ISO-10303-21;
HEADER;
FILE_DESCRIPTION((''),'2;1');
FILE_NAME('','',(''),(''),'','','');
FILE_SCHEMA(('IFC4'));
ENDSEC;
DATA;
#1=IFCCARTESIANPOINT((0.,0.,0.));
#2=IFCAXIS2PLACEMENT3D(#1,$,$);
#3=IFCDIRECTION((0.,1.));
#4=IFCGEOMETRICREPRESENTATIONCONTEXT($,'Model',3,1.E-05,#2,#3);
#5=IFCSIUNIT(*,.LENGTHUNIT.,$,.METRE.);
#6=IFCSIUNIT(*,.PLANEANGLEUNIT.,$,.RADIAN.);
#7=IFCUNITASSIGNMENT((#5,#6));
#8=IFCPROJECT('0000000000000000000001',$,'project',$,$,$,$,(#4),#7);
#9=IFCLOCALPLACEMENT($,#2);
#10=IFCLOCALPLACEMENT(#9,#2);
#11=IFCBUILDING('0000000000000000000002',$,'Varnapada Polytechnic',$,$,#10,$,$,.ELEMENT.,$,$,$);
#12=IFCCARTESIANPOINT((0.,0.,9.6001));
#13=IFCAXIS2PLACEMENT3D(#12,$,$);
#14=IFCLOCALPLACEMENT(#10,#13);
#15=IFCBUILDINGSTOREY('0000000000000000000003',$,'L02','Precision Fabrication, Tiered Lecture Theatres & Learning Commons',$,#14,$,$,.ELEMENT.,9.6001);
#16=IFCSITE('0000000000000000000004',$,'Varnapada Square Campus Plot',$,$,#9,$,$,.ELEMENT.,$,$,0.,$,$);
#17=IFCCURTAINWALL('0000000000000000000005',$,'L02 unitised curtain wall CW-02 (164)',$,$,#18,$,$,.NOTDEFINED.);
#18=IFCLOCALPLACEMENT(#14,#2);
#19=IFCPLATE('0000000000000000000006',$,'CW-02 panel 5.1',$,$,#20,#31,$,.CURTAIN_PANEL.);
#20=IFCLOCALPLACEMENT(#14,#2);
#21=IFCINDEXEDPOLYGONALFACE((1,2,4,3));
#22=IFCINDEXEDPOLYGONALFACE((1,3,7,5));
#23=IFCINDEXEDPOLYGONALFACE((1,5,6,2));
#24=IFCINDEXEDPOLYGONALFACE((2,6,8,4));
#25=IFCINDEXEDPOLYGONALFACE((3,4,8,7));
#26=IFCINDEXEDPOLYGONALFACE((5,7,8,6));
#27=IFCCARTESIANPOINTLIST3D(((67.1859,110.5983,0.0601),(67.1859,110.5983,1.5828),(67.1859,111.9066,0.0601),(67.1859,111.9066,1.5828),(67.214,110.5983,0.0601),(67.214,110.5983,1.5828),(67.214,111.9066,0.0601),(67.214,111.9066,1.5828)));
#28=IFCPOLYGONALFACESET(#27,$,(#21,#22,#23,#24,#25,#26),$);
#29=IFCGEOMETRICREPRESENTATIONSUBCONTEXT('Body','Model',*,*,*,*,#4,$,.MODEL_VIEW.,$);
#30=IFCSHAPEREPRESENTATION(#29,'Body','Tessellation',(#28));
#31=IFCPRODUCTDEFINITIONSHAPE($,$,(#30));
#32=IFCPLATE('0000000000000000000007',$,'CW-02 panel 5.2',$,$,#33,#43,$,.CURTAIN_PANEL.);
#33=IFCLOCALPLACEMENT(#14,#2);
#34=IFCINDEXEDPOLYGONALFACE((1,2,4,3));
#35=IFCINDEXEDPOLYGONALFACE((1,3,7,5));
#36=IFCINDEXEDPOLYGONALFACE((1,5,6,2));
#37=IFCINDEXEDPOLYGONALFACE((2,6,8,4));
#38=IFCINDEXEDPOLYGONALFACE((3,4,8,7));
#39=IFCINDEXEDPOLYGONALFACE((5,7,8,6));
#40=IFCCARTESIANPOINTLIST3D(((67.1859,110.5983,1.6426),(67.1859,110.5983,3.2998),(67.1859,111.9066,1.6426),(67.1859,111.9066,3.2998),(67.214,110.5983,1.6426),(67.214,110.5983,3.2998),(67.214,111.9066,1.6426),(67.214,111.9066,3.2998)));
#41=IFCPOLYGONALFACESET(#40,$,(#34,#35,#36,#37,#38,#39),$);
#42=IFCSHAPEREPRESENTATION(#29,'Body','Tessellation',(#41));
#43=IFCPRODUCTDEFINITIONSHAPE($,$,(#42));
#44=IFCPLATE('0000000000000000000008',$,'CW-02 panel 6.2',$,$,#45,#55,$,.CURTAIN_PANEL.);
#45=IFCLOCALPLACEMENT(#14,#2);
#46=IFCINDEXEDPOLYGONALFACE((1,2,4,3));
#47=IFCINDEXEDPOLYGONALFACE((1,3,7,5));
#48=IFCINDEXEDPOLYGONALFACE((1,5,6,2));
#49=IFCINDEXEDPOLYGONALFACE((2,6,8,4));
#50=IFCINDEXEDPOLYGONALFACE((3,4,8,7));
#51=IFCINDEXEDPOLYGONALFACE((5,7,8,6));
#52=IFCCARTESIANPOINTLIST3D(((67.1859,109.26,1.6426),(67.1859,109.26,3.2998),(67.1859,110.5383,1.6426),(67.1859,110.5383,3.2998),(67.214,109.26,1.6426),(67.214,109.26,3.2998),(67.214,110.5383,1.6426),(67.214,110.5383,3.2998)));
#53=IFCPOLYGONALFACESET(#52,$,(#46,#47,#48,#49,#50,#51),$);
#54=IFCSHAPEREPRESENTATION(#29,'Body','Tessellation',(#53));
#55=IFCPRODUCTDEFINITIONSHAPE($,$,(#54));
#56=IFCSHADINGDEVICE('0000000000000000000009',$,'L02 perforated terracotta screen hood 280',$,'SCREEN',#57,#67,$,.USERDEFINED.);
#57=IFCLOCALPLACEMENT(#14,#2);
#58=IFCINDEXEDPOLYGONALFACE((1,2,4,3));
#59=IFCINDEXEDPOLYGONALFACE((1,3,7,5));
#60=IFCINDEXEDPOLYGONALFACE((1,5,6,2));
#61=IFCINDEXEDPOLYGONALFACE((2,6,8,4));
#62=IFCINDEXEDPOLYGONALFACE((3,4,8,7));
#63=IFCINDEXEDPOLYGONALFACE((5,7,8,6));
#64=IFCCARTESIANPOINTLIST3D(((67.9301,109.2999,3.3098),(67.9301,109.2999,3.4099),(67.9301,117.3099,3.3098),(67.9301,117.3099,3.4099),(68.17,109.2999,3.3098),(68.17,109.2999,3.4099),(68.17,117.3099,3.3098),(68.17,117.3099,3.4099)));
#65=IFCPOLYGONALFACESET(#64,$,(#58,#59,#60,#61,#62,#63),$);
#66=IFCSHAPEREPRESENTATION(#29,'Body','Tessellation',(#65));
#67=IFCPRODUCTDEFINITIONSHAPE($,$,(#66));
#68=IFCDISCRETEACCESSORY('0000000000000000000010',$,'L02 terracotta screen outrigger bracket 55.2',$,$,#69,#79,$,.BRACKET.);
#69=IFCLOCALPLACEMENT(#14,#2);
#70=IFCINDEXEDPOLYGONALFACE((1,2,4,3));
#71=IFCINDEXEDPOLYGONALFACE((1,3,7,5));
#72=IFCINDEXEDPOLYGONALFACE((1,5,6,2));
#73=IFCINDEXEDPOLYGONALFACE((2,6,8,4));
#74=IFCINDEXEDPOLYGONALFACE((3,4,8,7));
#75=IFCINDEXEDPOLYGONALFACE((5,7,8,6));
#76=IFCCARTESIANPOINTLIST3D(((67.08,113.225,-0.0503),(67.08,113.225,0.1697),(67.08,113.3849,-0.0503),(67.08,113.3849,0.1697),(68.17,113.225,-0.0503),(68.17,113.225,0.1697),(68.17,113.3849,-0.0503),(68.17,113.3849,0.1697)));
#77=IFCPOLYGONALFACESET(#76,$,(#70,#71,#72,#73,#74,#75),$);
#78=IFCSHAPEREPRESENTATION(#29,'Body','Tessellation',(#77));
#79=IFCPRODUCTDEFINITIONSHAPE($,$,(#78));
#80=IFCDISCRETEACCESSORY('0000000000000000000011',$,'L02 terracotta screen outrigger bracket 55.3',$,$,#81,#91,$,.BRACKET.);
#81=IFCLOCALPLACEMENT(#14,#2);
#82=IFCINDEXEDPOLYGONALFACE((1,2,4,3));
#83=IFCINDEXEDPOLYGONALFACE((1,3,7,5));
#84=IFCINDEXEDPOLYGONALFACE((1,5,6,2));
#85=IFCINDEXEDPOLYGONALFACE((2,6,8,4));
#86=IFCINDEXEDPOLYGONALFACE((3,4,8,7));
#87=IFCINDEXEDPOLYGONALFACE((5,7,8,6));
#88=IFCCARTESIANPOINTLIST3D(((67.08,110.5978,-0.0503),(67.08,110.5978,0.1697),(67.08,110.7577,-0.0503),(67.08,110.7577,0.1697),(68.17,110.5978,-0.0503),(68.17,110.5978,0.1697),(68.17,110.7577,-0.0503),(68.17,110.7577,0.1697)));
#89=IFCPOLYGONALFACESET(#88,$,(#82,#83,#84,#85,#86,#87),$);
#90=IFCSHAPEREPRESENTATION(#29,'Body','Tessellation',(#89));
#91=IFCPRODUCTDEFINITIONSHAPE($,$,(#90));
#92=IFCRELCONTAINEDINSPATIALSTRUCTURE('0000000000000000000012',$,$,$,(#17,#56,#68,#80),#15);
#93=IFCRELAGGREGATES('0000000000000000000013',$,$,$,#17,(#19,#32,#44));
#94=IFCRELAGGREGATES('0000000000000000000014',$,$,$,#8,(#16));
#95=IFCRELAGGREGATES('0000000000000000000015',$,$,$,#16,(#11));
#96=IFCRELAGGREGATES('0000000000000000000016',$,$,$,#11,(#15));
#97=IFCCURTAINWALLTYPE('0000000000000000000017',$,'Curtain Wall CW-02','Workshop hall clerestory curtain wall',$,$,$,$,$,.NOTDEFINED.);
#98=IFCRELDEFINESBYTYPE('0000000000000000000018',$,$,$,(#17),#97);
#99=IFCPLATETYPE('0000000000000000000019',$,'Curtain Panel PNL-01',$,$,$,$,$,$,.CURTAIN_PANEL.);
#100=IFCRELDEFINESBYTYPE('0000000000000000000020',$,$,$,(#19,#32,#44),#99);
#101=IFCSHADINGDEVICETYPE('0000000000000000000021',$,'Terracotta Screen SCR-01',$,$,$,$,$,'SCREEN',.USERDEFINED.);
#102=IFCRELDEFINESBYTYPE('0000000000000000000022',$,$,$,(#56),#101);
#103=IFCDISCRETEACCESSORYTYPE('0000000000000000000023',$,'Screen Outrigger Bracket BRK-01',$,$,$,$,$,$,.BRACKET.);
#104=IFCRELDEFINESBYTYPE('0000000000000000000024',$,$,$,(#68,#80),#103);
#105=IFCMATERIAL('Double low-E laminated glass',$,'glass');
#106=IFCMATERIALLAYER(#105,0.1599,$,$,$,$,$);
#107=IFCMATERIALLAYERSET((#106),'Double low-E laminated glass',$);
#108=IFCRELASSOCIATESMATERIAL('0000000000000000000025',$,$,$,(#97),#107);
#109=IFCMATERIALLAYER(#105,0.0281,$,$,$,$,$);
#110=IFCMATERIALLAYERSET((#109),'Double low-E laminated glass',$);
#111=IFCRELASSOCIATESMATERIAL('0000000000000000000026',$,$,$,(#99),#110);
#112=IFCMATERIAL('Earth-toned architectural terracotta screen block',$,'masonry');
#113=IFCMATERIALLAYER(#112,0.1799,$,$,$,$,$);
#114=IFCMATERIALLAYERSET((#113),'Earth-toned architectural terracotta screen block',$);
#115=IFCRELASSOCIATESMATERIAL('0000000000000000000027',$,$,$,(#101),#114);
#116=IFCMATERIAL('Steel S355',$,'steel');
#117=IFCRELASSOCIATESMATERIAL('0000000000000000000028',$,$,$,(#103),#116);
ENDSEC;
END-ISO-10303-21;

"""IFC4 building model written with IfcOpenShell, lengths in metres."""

from ifc_helpers import new_model, si_unit, direction, frame, origin, origin_2d, place, context, subcontext, project, spatial, rectangle, extrude, material, layer, layer_set, type_object, element, aggregate, save


model = new_model("IFC4")

# Units and contexts
model_context = context("Model", 3, precision=1e-05, world=origin(), true_north=direction((0.0, 1.0)))
body_context = subcontext(model_context, "Body", "Model", "MODEL_VIEW")
ifc_project = project(units=[si_unit("LENGTHUNIT", "METRE"), si_unit("PLANEANGLEUNIT", "RADIAN")], contexts=[model_context])

# Site, building, storey
site_placement = place(None, origin())
site = spatial("IfcSite", under=ifc_project, at=site_placement, Name="Varnapada Square Campus Plot", CompositionType="ELEMENT", RefElevation=0.0)
building_placement = place(site_placement, origin())
building = spatial("IfcBuilding", under=site, at=building_placement, Name="Varnapada Polytechnic", CompositionType="ELEMENT")
storey_placement = place(building_placement, frame((0.0, 0.0, 9.6001)))
storey = spatial("IfcBuildingStorey", under=building, at=storey_placement, Name="L02", Description="Precision Fabrication, Tiered Lecture Theatres & Learning Commons", CompositionType="ELEMENT", Elevation=9.6001)

# Curtain wall, plates
ifc_material_1 = material(Name="Double low-E laminated glass", Category="glass")
ifc_layer_1 = layer(ifc_material_1, 0.1599)
ifc_layer_set_1 = layer_set([ifc_layer_1], Name="Double low-E laminated glass")
curtain_wall_type = type_object("IfcCurtainWallType", Name="Curtain Wall CW-02", Description="Workshop hall clerestory curtain wall", PredefinedType="NOTDEFINED", material=ifc_layer_set_1)
curtain_wall_placement = place(storey_placement, origin())
curtain_wall = element("IfcCurtainWall", 1, at=curtain_wall_placement, inside=storey, type_object=curtain_wall_type, Name="L02 unitised curtain wall CW-02 (164)", PredefinedType="NOTDEFINED")
ifc_layer_2 = layer(ifc_material_1, 0.0281)
ifc_layer_set_2 = layer_set([ifc_layer_2], Name="Double low-E laminated glass")
plate_type = type_object("IfcPlateType", Name="Curtain Panel PNL-01", PredefinedType="CURTAIN_PANEL", material=ifc_layer_set_2)
plate_1_placement = place(storey_placement, frame((67.2, 111.2524, 0.0601), z_axis=(0.0, 0.0, 1.0), x_axis=(0.0, -1.0, 0.0)))
plate_1 = element("IfcPlate", 2, at=plate_1_placement, type_object=plate_type, Name="CW-02 panel 5.1", PredefinedType="CURTAIN_PANEL", context=body_context, shape_type="SweptSolid", body=[
    extrude(rectangle(XDim=1.3083, YDim=0.0281, at=origin_2d()), origin(), (0.0, 0.0, 1.0), 1.5227),
])
plate_2_placement = place(storey_placement, frame((67.2, 111.2524, 1.6426), z_axis=(0.0, 0.0, 1.0), x_axis=(0.0, -1.0, 0.0)))
plate_2 = element("IfcPlate", 3, at=plate_2_placement, type_object=plate_type, Name="CW-02 panel 5.2", PredefinedType="CURTAIN_PANEL", context=body_context, shape_type="SweptSolid", body=[
    extrude(rectangle(XDim=1.3083, YDim=0.0281, at=origin_2d()), origin(), (0.0, 0.0, 1.0), 1.6572),
])
plate_3_placement = place(storey_placement, frame((67.2, 109.8992, 1.6426), z_axis=(0.0, 0.0, 1.0), x_axis=(0.0, -1.0, 0.0)))
plate_3 = element("IfcPlate", 4, at=plate_3_placement, type_object=plate_type, Name="CW-02 panel 6.2", PredefinedType="CURTAIN_PANEL", context=body_context, shape_type="SweptSolid", body=[
    extrude(rectangle(XDim=1.2783, YDim=0.0281, at=origin_2d()), origin(), (0.0, 0.0, 1.0), 1.6572),
])
aggregate(curtain_wall, [plate_1, plate_2, plate_3])

# Shading device
ifc_material_2 = material(Name="Earth-toned architectural terracotta screen block", Category="masonry")
ifc_layer_3 = layer(ifc_material_2, 0.1799)
ifc_layer_set_3 = layer_set([ifc_layer_3], Name="Earth-toned architectural terracotta screen block")
shading_device_type = type_object("IfcShadingDeviceType", Name="Terracotta Screen SCR-01", ElementType="SCREEN", PredefinedType="USERDEFINED", material=ifc_layer_set_3)
shading_device_placement = place(storey_placement, frame((68.05, 113.3049, 3.3098), z_axis=(0.0, 0.0, 1.0), x_axis=(0.0, -1.0, 0.0)))
element("IfcShadingDevice", 5, at=shading_device_placement, inside=storey, type_object=shading_device_type, Name="L02 perforated terracotta screen hood 280", ObjectType="SCREEN", PredefinedType="USERDEFINED", context=body_context, shape_type="SweptSolid", body=[
    extrude(rectangle(XDim=8.01, YDim=0.24, at=origin_2d()), origin(), (0.0, 0.0, 1.0), 0.1001),
])

# Discrete accessories
ifc_material_3 = material(Name="Steel S355", Category="steel")
discrete_accessory_type = type_object("IfcDiscreteAccessoryType", Name="Screen Outrigger Bracket BRK-01", PredefinedType="BRACKET", material=ifc_material_3)
for number, where, z_axis, x_axis, name in (
    (6, (67.625, 113.3049, -0.0503), (0.0, 0.0, 1.0), (0.0, -1.0, 0.0), "L02 terracotta screen outrigger bracket 55.2"),
    (7, (67.625, 110.6777, -0.0503), (0.0, 0.0, 1.0), (0.0, -1.0, 0.0), "L02 terracotta screen outrigger bracket 55.3"),
):
    element("IfcDiscreteAccessory", number, at=place(storey_placement, frame(where, z_axis=z_axis, x_axis=x_axis)), inside=storey, type_object=discrete_accessory_type, Name=name, PredefinedType="BRACKET", context=body_context, shape_type="SweptSolid", body=[
        extrude(rectangle(XDim=0.1599, YDim=1.0901, at=origin_2d()), origin(), (0.0, 0.0, 1.0), 0.22),
    ])

save(model, "model.ifc")
